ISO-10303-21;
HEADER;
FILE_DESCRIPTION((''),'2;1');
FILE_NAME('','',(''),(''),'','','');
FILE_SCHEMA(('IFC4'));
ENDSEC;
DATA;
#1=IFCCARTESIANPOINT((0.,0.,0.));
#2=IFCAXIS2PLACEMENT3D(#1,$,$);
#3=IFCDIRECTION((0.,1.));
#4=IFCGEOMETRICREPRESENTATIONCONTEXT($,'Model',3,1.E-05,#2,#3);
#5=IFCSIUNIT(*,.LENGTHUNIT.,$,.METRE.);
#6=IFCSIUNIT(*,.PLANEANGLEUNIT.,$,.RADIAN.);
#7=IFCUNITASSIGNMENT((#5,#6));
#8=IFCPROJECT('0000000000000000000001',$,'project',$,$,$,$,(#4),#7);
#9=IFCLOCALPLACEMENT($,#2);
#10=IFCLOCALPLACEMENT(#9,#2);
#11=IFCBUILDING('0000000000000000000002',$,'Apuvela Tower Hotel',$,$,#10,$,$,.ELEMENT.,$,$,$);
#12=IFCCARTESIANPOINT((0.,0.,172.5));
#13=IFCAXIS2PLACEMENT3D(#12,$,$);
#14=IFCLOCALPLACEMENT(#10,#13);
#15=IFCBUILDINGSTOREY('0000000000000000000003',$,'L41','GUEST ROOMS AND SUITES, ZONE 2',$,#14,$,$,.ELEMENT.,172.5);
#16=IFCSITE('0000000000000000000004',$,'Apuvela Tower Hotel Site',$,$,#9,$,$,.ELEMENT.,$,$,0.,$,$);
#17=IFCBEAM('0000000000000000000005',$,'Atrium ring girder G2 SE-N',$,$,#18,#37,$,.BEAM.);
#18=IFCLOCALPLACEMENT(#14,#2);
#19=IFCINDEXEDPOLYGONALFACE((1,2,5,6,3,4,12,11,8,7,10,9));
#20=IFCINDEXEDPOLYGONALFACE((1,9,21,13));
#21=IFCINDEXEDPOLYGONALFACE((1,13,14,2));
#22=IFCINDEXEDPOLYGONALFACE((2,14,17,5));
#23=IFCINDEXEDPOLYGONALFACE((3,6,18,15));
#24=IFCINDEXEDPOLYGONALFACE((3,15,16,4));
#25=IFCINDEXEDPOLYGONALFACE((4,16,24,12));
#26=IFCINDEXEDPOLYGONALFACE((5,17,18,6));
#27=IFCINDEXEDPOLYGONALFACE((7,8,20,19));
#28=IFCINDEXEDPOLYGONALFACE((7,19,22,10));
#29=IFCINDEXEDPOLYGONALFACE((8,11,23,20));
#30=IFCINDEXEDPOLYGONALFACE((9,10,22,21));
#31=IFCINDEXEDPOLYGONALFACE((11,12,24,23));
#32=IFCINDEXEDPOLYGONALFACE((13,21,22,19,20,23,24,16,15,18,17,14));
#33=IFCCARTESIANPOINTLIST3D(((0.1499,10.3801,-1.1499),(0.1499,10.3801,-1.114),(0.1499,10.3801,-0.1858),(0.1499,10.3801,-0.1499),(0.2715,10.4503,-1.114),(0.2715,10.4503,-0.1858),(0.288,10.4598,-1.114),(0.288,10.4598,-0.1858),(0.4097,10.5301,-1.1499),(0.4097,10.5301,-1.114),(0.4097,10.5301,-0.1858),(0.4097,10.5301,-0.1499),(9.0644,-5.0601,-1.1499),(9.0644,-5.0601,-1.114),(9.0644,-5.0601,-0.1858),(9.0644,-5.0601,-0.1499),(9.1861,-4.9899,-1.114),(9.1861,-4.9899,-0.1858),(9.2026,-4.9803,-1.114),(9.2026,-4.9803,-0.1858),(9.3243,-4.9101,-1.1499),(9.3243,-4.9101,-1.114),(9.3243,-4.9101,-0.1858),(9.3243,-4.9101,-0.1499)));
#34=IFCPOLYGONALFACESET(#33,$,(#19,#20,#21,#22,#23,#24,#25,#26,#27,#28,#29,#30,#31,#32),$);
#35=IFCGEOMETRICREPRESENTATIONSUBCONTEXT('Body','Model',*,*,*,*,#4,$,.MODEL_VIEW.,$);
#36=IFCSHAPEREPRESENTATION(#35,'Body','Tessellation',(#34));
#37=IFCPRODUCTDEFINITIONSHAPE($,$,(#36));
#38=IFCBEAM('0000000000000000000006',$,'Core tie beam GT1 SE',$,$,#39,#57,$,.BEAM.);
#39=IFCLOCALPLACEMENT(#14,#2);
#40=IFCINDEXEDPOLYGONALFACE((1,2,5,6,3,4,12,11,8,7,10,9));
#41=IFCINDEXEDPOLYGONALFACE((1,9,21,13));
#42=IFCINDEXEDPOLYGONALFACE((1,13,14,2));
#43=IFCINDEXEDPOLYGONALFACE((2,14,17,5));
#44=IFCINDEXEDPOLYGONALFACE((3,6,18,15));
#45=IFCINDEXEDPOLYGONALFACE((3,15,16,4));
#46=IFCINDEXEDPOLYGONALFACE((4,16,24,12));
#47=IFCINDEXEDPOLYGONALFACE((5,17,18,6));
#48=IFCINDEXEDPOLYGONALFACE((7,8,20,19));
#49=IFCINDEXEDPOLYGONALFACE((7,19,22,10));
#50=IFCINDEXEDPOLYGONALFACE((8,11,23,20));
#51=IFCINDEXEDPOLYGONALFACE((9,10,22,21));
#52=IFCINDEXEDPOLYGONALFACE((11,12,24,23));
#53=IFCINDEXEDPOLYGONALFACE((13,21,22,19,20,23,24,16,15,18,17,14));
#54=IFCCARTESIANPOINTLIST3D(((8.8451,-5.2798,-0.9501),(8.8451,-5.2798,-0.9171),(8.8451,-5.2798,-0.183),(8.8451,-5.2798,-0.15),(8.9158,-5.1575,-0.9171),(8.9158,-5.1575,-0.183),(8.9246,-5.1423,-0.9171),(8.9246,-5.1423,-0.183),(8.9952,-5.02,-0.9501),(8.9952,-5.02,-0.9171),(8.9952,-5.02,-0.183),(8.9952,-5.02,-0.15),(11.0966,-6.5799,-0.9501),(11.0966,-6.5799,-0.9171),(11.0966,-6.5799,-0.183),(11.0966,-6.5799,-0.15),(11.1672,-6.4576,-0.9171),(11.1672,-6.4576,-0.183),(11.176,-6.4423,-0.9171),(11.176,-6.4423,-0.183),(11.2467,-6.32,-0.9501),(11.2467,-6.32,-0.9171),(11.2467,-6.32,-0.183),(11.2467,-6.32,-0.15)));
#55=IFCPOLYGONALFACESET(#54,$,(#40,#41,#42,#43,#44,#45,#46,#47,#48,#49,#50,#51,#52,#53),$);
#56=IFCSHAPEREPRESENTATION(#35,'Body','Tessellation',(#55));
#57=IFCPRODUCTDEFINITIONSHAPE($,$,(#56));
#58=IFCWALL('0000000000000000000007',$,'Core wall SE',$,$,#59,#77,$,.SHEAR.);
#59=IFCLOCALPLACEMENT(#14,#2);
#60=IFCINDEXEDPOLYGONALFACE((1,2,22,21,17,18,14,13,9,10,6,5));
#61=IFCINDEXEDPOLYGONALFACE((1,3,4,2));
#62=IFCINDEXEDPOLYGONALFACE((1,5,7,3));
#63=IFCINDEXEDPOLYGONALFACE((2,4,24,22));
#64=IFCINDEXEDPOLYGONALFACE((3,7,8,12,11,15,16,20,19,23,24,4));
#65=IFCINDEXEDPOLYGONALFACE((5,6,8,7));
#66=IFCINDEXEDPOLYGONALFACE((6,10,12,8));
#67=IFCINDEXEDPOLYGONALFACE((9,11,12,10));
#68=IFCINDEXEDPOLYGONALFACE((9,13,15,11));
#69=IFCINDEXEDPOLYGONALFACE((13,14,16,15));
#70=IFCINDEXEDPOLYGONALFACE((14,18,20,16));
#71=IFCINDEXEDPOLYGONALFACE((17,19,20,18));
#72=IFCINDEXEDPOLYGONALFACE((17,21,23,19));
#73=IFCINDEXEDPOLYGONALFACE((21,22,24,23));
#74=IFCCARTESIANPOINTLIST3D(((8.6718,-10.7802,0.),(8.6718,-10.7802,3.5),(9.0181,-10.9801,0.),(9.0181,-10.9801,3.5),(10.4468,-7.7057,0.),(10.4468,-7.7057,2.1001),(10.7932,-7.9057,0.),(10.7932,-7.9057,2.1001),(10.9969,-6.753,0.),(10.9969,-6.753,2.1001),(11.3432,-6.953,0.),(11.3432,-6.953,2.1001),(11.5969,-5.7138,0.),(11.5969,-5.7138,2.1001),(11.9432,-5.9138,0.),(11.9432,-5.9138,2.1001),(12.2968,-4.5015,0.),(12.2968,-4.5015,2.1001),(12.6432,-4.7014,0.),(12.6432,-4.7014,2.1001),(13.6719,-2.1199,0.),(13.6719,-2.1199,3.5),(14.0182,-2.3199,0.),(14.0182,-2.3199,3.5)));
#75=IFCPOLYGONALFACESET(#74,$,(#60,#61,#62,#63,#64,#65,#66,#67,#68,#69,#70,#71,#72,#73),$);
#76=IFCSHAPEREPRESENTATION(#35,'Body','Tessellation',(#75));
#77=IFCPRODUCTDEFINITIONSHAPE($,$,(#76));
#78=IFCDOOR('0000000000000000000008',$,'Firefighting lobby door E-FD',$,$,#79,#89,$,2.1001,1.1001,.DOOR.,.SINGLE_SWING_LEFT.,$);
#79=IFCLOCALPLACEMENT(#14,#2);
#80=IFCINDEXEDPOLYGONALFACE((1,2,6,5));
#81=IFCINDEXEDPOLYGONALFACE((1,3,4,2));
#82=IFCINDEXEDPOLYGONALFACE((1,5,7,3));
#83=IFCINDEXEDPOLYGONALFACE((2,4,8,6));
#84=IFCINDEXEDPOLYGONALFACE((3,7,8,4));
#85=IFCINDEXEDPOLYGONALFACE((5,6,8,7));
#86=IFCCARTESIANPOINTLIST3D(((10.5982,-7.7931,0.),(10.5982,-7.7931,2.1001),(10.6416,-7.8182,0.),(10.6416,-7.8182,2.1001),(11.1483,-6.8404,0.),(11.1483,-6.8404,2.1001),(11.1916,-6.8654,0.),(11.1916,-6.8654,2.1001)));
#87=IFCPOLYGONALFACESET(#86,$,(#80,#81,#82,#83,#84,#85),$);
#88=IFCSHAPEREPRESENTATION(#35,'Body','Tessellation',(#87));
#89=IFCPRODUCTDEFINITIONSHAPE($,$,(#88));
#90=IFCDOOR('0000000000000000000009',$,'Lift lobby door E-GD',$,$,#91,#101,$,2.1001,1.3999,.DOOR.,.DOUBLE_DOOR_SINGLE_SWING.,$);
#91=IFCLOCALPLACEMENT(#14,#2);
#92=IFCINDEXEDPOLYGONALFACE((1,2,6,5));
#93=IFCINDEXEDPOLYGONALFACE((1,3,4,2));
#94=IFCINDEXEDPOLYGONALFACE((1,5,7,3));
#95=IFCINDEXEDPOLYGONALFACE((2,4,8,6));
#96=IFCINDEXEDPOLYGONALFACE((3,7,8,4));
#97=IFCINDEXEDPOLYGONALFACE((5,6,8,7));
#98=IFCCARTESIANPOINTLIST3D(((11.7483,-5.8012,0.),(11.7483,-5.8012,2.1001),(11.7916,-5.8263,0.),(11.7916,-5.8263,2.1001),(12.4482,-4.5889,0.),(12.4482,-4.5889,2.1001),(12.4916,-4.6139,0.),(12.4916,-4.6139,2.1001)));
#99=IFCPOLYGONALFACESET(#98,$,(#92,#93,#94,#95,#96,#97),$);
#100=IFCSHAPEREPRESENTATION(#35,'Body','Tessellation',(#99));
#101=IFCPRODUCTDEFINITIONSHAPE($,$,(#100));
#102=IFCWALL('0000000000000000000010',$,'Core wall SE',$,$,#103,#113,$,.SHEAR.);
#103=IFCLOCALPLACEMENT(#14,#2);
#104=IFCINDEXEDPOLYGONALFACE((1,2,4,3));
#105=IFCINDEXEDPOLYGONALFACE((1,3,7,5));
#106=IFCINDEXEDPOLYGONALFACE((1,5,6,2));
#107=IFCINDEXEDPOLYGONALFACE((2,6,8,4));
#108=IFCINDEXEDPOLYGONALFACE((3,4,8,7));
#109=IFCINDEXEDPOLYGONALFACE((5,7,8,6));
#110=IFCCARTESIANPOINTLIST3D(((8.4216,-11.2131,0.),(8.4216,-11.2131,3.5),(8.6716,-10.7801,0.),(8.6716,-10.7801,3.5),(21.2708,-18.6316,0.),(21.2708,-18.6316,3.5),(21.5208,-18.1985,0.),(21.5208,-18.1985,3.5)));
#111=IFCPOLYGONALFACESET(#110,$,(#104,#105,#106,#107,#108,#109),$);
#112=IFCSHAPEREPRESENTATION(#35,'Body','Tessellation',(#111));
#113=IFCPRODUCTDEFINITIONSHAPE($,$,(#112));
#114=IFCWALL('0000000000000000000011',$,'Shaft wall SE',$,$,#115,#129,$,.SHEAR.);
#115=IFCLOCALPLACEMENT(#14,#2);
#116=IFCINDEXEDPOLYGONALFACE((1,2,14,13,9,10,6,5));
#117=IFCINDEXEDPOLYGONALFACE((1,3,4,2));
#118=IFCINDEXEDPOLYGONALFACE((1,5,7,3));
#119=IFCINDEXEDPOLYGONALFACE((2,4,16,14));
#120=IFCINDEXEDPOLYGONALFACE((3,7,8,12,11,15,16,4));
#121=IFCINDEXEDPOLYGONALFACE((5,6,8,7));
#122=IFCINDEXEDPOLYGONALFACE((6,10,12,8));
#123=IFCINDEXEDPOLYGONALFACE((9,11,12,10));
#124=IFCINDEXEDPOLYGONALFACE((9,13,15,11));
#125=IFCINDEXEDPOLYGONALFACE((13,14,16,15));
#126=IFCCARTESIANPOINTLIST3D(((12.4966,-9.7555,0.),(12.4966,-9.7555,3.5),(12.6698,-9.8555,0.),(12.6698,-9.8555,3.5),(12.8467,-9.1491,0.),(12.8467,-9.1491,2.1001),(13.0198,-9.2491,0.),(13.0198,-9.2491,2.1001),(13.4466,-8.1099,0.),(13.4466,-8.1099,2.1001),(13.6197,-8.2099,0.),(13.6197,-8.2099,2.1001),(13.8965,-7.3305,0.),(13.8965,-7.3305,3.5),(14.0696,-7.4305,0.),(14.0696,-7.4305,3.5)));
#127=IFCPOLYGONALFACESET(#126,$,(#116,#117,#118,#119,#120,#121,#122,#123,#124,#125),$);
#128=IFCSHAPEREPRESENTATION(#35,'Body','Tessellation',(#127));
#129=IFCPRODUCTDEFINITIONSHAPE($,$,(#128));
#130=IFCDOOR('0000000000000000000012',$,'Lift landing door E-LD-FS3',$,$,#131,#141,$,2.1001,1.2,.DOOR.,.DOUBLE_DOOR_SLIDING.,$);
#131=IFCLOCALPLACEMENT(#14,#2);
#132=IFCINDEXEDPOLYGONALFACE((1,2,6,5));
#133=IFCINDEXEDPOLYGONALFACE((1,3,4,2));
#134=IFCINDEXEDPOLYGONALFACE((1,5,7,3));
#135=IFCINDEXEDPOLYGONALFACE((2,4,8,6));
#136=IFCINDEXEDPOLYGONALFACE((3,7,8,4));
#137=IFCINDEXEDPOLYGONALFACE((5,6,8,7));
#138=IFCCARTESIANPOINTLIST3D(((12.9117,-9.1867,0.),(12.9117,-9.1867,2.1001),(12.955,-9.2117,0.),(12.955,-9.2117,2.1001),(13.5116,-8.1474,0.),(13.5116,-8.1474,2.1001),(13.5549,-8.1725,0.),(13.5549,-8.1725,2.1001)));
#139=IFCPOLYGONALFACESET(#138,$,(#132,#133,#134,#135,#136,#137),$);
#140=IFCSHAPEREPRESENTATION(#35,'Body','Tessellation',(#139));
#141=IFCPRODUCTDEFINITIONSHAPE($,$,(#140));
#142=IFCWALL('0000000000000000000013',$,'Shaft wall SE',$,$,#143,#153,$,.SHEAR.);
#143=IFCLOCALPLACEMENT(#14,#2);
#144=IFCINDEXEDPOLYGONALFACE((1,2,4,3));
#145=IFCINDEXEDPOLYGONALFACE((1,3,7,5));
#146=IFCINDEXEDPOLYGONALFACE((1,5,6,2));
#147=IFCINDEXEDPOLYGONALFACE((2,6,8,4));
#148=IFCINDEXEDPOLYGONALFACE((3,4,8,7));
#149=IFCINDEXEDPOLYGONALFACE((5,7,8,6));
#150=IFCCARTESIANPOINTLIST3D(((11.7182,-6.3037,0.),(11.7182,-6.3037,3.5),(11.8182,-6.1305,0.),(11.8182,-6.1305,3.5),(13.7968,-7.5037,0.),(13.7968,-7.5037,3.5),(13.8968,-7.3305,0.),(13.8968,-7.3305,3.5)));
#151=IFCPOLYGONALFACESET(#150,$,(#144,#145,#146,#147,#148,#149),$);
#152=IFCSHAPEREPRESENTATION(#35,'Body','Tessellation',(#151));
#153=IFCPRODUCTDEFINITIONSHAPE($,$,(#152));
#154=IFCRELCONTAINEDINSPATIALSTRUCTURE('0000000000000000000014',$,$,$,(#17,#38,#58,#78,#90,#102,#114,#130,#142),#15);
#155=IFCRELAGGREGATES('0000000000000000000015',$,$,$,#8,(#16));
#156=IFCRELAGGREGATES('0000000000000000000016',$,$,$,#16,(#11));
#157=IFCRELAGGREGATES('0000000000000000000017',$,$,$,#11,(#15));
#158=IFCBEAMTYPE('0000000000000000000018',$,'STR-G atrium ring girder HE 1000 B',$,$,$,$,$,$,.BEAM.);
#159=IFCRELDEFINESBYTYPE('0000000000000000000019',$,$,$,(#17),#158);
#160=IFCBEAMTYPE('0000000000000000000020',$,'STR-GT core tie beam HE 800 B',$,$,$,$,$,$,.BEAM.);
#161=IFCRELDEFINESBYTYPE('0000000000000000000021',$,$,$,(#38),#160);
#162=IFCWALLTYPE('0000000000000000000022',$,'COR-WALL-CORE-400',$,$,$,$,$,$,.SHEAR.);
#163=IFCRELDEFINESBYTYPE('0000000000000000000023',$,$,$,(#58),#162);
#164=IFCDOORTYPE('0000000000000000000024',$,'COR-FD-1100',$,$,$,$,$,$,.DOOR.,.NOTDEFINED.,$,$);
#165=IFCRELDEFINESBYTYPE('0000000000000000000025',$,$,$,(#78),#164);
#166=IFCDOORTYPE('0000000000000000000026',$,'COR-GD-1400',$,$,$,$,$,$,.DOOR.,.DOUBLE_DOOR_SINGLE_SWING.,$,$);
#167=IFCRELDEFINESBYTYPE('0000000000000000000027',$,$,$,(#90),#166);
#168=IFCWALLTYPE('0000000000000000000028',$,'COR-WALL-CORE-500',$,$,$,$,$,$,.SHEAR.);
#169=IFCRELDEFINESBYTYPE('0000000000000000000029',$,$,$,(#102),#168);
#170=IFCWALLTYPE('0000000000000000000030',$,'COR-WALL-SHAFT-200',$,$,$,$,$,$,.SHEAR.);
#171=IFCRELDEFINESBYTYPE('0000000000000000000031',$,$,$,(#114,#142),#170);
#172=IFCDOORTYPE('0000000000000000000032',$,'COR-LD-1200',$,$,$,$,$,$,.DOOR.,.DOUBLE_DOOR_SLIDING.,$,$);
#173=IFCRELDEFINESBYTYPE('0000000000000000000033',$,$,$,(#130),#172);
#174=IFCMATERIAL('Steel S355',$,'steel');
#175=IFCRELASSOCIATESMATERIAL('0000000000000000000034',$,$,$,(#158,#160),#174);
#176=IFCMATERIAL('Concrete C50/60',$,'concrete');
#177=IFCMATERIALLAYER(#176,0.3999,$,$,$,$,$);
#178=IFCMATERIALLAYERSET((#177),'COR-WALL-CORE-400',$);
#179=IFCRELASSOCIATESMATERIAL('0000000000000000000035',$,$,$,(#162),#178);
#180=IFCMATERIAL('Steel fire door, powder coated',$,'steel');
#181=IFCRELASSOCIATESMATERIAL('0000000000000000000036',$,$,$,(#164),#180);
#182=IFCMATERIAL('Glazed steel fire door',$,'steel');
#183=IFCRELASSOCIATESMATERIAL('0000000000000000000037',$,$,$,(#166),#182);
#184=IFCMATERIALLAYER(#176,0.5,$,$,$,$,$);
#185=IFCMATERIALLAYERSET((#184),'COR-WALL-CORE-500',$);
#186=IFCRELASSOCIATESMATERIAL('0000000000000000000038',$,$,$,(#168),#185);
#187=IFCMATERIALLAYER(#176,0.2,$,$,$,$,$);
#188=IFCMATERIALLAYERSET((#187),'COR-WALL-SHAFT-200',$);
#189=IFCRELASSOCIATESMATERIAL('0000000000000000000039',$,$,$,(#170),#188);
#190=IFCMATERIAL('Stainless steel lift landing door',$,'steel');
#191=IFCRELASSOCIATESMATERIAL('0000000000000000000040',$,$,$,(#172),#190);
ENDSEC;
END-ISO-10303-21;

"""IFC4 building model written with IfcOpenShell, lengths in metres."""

from ifc_helpers import new_model, si_unit, direction, frame, frame_2d, origin, origin_2d, place, context, subcontext, project, spatial, rectangle, i_section, extrude, material, layer, layer_set, material_profile, profile_set, type_object, element, fill, save


model = new_model("IFC4")

# Units and contexts
model_context = context("Model", 3, precision=1e-05, world=origin(), true_north=direction((0.0, 1.0)))
body_context = subcontext(model_context, "Body", "Model", "MODEL_VIEW")
ifc_project = project(units=[si_unit("LENGTHUNIT", "METRE"), si_unit("PLANEANGLEUNIT", "RADIAN")], contexts=[model_context])

# Site, building, storey
site_placement = place(None, origin())
site = spatial("IfcSite", under=ifc_project, at=site_placement, Name="Apuvela Tower Hotel Site", CompositionType="ELEMENT", RefElevation=0.0)
building_placement = place(site_placement, origin())
building = spatial("IfcBuilding", under=site, at=building_placement, Name="Apuvela Tower Hotel", CompositionType="ELEMENT")
storey_placement = place(building_placement, frame((0.0, 0.0, 172.5)))
storey = spatial("IfcBuildingStorey", under=building, at=storey_placement, Name="L41", Description="GUEST ROOMS AND SUITES, ZONE 2", CompositionType="ELEMENT", Elevation=172.5)

# Beams
ifc_material_1 = material(Name="Steel S355", Category="steel")
ifc_material_profile_1 = material_profile(ifc_material_1, i_section(OverallWidth=0.3, OverallDepth=1.0, WebThickness=0.019, FlangeThickness=0.0359, at=origin_2d()), Name="HE 1000 B")
ifc_profile_set_1 = profile_set([ifc_material_profile_1], Name="Steel S355")
beam_type_1 = type_object("IfcBeamType", Name="STR-G atrium ring girder HE 1000 B", PredefinedType="BEAM", material=ifc_profile_set_1)
beam_1_placement = place(storey_placement, frame((9.1943, -4.9851, -0.6499), z_axis=(-0.500007, 0.866022, 0.0), x_axis=(-0.866022, -0.500007, 0.0)))
element("IfcBeam", 1, at=beam_1_placement, inside=storey, type_object=beam_type_1, Name="Atrium ring girder G2 SE-N", PredefinedType="BEAM", context=body_context, shape_type="SweptSolid", body=[
    extrude(i_section(OverallWidth=0.3, OverallDepth=1.0, WebThickness=0.019, FlangeThickness=0.0359, at=origin_2d()), origin(), (0.0, 0.0, 1.0), 17.8289),
])
ifc_material_profile_2 = material_profile(ifc_material_1, i_section(OverallWidth=0.3, OverallDepth=0.8, WebThickness=0.0176, FlangeThickness=0.033, at=origin_2d()), Name="HE 800 B")
ifc_profile_set_2 = profile_set([ifc_material_profile_2], Name="Steel S355")
beam_type_2 = type_object("IfcBeamType", Name="STR-GT core tie beam HE 800 B", PredefinedType="BEAM", material=ifc_profile_set_2)
beam_2_placement = place(storey_placement, frame((11.1716, -6.45, -0.55), z_axis=(-0.865998, 0.500048, 0.0), x_axis=(-0.500048, -0.865998, 0.0)))
element("IfcBeam", 2, at=beam_2_placement, inside=storey, type_object=beam_type_2, Name="Core tie beam GT1 SE", PredefinedType="BEAM", context=body_context, shape_type="SweptSolid", body=[
    extrude(i_section(OverallWidth=0.3, OverallDepth=0.8, WebThickness=0.0176, FlangeThickness=0.033, at=origin_2d()), origin(), (0.0, 0.0, 1.0), 2.5999),
])

# Wall, openings, doors
ifc_material_2 = material(Name="Concrete C50/60", Category="concrete")
ifc_layer_1 = layer(ifc_material_2, 0.3999)
ifc_layer_set_1 = layer_set([ifc_layer_1], Name="COR-WALL-CORE-400")
wall_type_1 = type_object("IfcWallType", Name="COR-WALL-CORE-400", PredefinedType="SHEAR", material=ifc_layer_set_1)
wall_1_placement = place(storey_placement, frame((8.845, -10.8801, 0.0), z_axis=(0.0, 0.0, 1.0), x_axis=(0.500004, 0.866023, 0.0)))
wall_1 = element("IfcWall", 3, at=wall_1_placement, inside=storey, type_object=wall_type_1, Name="Core wall SE", PredefinedType="SHEAR", context=body_context, shape_type="SweptSolid", body=[
    extrude(rectangle(XDim=10.0, YDim=0.3999, at=frame_2d((5.0, 0.0))), origin(), (0.0, 0.0, 1.0), 3.5),
])
opening_1_placement = place(wall_1_placement, frame((3.55, 0.0, 0.0)))
opening_1 = element("IfcOpeningElement", 4, at=opening_1_placement, cuts=wall_1, PredefinedType="OPENING", context=body_context, shape_type="SweptSolid", body=[
    extrude(rectangle(XDim=1.1001, YDim=2.1001, at=frame_2d((0.55, 1.05))), frame((0.0, 0.21, 0.0), z_axis=(0.0, -1.0, 0.0), x_axis=(1.0, 0.0, 0.0)), (0.0, 0.0, 1.0), 0.4199),
])
opening_2_placement = place(wall_1_placement, frame((5.8501, 0.0, 0.0)))
opening_2 = element("IfcOpeningElement", 5, at=opening_2_placement, cuts=wall_1, PredefinedType="OPENING", context=body_context, shape_type="SweptSolid", body=[
    extrude(rectangle(XDim=1.3999, YDim=2.1001, at=frame_2d((0.7, 1.05))), frame((0.0, 0.21, 0.0), z_axis=(0.0, -1.0, 0.0), x_axis=(1.0, 0.0, 0.0)), (0.0, 0.0, 1.0), 0.4199),
])
ifc_material_3 = material(Name="Steel fire door, powder coated", Category="steel")
door_type_1 = type_object("IfcDoorType", Name="COR-FD-1100", OperationType="NOTDEFINED", PredefinedType="DOOR", material=ifc_material_3)
door_1_placement = place(opening_1_placement, frame((1.1001, 0.0, 0.0), z_axis=(0.0, 0.0, 1.0), x_axis=(-1.0, 0.0, 0.0)))
door_1 = element("IfcDoor", 6, at=door_1_placement, inside=storey, type_object=door_type_1, Name="Firefighting lobby door E-FD", OperationType="SINGLE_SWING_LEFT", OverallHeight=2.1001, OverallWidth=1.1001, PredefinedType="DOOR", context=body_context, shape_type="SweptSolid", body=[
    extrude(rectangle(XDim=1.1001, YDim=2.1001, at=frame_2d((0.55, 1.05))), frame((0.0, 0.0249, 0.0), z_axis=(0.0, -1.0, 0.0), x_axis=(1.0, 0.0, 0.0)), (0.0, 0.0, 1.0), 0.05),
])
fill(opening_1, door_1)
ifc_material_4 = material(Name="Glazed steel fire door", Category="steel")
door_type_2 = type_object("IfcDoorType", Name="COR-GD-1400", OperationType="DOUBLE_DOOR_SINGLE_SWING", PredefinedType="DOOR", material=ifc_material_4)
door_2_placement = place(opening_2_placement, frame((1.3999, 0.0, 0.0), z_axis=(0.0, 0.0, 1.0), x_axis=(-1.0, 0.0, 0.0)))
door_2 = element("IfcDoor", 7, at=door_2_placement, inside=storey, type_object=door_type_2, Name="Lift lobby door E-GD", OperationType="DOUBLE_DOOR_SINGLE_SWING", OverallHeight=2.1001, OverallWidth=1.3999, PredefinedType="DOOR", context=body_context, shape_type="SweptSolid", body=[
    extrude(rectangle(XDim=1.3999, YDim=2.1001, at=frame_2d((0.7, 1.05))), frame((0.0, 0.0249, 0.0), z_axis=(0.0, -1.0, 0.0), x_axis=(1.0, 0.0, 0.0)), (0.0, 0.0, 1.0), 0.05),
])
fill(opening_2, door_2)

# Wall
ifc_layer_2 = layer(ifc_material_2, 0.5)
ifc_layer_set_2 = layer_set([ifc_layer_2], Name="COR-WALL-CORE-500")
wall_type_2 = type_object("IfcWallType", Name="COR-WALL-CORE-500", PredefinedType="SHEAR", material=ifc_layer_set_2)
wall_2_placement = place(storey_placement, frame((8.5466, -10.9966, 0.0), z_axis=(0.0, 0.0, 1.0), x_axis=(0.866025, -0.500001, 0.0)))
element("IfcWall", 8, at=wall_2_placement, inside=storey, type_object=wall_type_2, Name="Core wall SE", PredefinedType="SHEAR", context=body_context, shape_type="SweptSolid", body=[
    extrude(rectangle(XDim=14.8369, YDim=0.5, at=frame_2d((7.4185, 0.0))), origin(), (0.0, 0.0, 1.0), 3.5),
])

# Wall, opening, door
ifc_layer_3 = layer(ifc_material_2, 0.2)
ifc_layer_set_3 = layer_set([ifc_layer_3], Name="COR-WALL-SHAFT-200")
wall_type_3 = type_object("IfcWallType", Name="COR-WALL-SHAFT-200", PredefinedType="SHEAR", material=ifc_layer_set_3)
wall_3_placement = place(storey_placement, frame((12.5833, -9.8054, 0.0), z_axis=(0.0, 0.0, 1.0), x_axis=(0.499946, 0.866056, 0.0)))
wall_3 = element("IfcWall", 9, at=wall_3_placement, inside=storey, type_object=wall_type_3, Name="Shaft wall SE", PredefinedType="SHEAR", context=body_context, shape_type="SweptSolid", body=[
    extrude(rectangle(XDim=2.8, YDim=0.2, at=frame_2d((1.3999, 0.0))), origin(), (0.0, 0.0, 1.0), 3.5),
])
opening_3_placement = place(wall_3_placement, frame((0.7, 0.0, 0.0)))
opening_3 = element("IfcOpeningElement", 10, at=opening_3_placement, cuts=wall_3, PredefinedType="OPENING", context=body_context, shape_type="SweptSolid", body=[
    extrude(rectangle(XDim=1.2, YDim=2.1001, at=frame_2d((0.6001, 1.05))), frame((0.0, 0.1099, 0.0), z_axis=(0.0, -1.0, 0.0), x_axis=(1.0, 0.0, 0.0)), (0.0, 0.0, 1.0), 0.22),
])
ifc_material_5 = material(Name="Stainless steel lift landing door", Category="steel")
door_type_3 = type_object("IfcDoorType", Name="COR-LD-1200", OperationType="DOUBLE_DOOR_SLIDING", PredefinedType="DOOR", material=ifc_material_5)
door_3_placement = place(opening_3_placement, origin())
door_3 = element("IfcDoor", 11, at=door_3_placement, inside=storey, type_object=door_type_3, Name="Lift landing door E-LD-FS3", OperationType="DOUBLE_DOOR_SLIDING", OverallHeight=2.1001, OverallWidth=1.2, PredefinedType="DOOR", context=body_context, shape_type="SweptSolid", body=[
    extrude(rectangle(XDim=1.2, YDim=2.1001, at=frame_2d((0.6001, 1.05))), frame((0.0, 0.0249, 0.0), z_axis=(0.0, -1.0, 0.0), x_axis=(1.0, 0.0, 0.0)), (0.0, 0.0, 1.0), 0.05),
])
fill(opening_3, door_3)

# Wall
wall_4_placement = place(storey_placement, frame((11.7681, -6.217, 0.0), z_axis=(0.0, 0.0, 1.0), x_axis=(0.86605, -0.499957, 0.0)))
element("IfcWall", 12, at=wall_4_placement, inside=storey, type_object=wall_type_3, Name="Shaft wall SE", PredefinedType="SHEAR", context=body_context, shape_type="SweptSolid", body=[
    extrude(rectangle(XDim=2.4001, YDim=0.2, at=frame_2d((1.2002, 0.0))), origin(), (0.0, 0.0, 1.0), 3.5),
])

save(model, "model.ifc")
